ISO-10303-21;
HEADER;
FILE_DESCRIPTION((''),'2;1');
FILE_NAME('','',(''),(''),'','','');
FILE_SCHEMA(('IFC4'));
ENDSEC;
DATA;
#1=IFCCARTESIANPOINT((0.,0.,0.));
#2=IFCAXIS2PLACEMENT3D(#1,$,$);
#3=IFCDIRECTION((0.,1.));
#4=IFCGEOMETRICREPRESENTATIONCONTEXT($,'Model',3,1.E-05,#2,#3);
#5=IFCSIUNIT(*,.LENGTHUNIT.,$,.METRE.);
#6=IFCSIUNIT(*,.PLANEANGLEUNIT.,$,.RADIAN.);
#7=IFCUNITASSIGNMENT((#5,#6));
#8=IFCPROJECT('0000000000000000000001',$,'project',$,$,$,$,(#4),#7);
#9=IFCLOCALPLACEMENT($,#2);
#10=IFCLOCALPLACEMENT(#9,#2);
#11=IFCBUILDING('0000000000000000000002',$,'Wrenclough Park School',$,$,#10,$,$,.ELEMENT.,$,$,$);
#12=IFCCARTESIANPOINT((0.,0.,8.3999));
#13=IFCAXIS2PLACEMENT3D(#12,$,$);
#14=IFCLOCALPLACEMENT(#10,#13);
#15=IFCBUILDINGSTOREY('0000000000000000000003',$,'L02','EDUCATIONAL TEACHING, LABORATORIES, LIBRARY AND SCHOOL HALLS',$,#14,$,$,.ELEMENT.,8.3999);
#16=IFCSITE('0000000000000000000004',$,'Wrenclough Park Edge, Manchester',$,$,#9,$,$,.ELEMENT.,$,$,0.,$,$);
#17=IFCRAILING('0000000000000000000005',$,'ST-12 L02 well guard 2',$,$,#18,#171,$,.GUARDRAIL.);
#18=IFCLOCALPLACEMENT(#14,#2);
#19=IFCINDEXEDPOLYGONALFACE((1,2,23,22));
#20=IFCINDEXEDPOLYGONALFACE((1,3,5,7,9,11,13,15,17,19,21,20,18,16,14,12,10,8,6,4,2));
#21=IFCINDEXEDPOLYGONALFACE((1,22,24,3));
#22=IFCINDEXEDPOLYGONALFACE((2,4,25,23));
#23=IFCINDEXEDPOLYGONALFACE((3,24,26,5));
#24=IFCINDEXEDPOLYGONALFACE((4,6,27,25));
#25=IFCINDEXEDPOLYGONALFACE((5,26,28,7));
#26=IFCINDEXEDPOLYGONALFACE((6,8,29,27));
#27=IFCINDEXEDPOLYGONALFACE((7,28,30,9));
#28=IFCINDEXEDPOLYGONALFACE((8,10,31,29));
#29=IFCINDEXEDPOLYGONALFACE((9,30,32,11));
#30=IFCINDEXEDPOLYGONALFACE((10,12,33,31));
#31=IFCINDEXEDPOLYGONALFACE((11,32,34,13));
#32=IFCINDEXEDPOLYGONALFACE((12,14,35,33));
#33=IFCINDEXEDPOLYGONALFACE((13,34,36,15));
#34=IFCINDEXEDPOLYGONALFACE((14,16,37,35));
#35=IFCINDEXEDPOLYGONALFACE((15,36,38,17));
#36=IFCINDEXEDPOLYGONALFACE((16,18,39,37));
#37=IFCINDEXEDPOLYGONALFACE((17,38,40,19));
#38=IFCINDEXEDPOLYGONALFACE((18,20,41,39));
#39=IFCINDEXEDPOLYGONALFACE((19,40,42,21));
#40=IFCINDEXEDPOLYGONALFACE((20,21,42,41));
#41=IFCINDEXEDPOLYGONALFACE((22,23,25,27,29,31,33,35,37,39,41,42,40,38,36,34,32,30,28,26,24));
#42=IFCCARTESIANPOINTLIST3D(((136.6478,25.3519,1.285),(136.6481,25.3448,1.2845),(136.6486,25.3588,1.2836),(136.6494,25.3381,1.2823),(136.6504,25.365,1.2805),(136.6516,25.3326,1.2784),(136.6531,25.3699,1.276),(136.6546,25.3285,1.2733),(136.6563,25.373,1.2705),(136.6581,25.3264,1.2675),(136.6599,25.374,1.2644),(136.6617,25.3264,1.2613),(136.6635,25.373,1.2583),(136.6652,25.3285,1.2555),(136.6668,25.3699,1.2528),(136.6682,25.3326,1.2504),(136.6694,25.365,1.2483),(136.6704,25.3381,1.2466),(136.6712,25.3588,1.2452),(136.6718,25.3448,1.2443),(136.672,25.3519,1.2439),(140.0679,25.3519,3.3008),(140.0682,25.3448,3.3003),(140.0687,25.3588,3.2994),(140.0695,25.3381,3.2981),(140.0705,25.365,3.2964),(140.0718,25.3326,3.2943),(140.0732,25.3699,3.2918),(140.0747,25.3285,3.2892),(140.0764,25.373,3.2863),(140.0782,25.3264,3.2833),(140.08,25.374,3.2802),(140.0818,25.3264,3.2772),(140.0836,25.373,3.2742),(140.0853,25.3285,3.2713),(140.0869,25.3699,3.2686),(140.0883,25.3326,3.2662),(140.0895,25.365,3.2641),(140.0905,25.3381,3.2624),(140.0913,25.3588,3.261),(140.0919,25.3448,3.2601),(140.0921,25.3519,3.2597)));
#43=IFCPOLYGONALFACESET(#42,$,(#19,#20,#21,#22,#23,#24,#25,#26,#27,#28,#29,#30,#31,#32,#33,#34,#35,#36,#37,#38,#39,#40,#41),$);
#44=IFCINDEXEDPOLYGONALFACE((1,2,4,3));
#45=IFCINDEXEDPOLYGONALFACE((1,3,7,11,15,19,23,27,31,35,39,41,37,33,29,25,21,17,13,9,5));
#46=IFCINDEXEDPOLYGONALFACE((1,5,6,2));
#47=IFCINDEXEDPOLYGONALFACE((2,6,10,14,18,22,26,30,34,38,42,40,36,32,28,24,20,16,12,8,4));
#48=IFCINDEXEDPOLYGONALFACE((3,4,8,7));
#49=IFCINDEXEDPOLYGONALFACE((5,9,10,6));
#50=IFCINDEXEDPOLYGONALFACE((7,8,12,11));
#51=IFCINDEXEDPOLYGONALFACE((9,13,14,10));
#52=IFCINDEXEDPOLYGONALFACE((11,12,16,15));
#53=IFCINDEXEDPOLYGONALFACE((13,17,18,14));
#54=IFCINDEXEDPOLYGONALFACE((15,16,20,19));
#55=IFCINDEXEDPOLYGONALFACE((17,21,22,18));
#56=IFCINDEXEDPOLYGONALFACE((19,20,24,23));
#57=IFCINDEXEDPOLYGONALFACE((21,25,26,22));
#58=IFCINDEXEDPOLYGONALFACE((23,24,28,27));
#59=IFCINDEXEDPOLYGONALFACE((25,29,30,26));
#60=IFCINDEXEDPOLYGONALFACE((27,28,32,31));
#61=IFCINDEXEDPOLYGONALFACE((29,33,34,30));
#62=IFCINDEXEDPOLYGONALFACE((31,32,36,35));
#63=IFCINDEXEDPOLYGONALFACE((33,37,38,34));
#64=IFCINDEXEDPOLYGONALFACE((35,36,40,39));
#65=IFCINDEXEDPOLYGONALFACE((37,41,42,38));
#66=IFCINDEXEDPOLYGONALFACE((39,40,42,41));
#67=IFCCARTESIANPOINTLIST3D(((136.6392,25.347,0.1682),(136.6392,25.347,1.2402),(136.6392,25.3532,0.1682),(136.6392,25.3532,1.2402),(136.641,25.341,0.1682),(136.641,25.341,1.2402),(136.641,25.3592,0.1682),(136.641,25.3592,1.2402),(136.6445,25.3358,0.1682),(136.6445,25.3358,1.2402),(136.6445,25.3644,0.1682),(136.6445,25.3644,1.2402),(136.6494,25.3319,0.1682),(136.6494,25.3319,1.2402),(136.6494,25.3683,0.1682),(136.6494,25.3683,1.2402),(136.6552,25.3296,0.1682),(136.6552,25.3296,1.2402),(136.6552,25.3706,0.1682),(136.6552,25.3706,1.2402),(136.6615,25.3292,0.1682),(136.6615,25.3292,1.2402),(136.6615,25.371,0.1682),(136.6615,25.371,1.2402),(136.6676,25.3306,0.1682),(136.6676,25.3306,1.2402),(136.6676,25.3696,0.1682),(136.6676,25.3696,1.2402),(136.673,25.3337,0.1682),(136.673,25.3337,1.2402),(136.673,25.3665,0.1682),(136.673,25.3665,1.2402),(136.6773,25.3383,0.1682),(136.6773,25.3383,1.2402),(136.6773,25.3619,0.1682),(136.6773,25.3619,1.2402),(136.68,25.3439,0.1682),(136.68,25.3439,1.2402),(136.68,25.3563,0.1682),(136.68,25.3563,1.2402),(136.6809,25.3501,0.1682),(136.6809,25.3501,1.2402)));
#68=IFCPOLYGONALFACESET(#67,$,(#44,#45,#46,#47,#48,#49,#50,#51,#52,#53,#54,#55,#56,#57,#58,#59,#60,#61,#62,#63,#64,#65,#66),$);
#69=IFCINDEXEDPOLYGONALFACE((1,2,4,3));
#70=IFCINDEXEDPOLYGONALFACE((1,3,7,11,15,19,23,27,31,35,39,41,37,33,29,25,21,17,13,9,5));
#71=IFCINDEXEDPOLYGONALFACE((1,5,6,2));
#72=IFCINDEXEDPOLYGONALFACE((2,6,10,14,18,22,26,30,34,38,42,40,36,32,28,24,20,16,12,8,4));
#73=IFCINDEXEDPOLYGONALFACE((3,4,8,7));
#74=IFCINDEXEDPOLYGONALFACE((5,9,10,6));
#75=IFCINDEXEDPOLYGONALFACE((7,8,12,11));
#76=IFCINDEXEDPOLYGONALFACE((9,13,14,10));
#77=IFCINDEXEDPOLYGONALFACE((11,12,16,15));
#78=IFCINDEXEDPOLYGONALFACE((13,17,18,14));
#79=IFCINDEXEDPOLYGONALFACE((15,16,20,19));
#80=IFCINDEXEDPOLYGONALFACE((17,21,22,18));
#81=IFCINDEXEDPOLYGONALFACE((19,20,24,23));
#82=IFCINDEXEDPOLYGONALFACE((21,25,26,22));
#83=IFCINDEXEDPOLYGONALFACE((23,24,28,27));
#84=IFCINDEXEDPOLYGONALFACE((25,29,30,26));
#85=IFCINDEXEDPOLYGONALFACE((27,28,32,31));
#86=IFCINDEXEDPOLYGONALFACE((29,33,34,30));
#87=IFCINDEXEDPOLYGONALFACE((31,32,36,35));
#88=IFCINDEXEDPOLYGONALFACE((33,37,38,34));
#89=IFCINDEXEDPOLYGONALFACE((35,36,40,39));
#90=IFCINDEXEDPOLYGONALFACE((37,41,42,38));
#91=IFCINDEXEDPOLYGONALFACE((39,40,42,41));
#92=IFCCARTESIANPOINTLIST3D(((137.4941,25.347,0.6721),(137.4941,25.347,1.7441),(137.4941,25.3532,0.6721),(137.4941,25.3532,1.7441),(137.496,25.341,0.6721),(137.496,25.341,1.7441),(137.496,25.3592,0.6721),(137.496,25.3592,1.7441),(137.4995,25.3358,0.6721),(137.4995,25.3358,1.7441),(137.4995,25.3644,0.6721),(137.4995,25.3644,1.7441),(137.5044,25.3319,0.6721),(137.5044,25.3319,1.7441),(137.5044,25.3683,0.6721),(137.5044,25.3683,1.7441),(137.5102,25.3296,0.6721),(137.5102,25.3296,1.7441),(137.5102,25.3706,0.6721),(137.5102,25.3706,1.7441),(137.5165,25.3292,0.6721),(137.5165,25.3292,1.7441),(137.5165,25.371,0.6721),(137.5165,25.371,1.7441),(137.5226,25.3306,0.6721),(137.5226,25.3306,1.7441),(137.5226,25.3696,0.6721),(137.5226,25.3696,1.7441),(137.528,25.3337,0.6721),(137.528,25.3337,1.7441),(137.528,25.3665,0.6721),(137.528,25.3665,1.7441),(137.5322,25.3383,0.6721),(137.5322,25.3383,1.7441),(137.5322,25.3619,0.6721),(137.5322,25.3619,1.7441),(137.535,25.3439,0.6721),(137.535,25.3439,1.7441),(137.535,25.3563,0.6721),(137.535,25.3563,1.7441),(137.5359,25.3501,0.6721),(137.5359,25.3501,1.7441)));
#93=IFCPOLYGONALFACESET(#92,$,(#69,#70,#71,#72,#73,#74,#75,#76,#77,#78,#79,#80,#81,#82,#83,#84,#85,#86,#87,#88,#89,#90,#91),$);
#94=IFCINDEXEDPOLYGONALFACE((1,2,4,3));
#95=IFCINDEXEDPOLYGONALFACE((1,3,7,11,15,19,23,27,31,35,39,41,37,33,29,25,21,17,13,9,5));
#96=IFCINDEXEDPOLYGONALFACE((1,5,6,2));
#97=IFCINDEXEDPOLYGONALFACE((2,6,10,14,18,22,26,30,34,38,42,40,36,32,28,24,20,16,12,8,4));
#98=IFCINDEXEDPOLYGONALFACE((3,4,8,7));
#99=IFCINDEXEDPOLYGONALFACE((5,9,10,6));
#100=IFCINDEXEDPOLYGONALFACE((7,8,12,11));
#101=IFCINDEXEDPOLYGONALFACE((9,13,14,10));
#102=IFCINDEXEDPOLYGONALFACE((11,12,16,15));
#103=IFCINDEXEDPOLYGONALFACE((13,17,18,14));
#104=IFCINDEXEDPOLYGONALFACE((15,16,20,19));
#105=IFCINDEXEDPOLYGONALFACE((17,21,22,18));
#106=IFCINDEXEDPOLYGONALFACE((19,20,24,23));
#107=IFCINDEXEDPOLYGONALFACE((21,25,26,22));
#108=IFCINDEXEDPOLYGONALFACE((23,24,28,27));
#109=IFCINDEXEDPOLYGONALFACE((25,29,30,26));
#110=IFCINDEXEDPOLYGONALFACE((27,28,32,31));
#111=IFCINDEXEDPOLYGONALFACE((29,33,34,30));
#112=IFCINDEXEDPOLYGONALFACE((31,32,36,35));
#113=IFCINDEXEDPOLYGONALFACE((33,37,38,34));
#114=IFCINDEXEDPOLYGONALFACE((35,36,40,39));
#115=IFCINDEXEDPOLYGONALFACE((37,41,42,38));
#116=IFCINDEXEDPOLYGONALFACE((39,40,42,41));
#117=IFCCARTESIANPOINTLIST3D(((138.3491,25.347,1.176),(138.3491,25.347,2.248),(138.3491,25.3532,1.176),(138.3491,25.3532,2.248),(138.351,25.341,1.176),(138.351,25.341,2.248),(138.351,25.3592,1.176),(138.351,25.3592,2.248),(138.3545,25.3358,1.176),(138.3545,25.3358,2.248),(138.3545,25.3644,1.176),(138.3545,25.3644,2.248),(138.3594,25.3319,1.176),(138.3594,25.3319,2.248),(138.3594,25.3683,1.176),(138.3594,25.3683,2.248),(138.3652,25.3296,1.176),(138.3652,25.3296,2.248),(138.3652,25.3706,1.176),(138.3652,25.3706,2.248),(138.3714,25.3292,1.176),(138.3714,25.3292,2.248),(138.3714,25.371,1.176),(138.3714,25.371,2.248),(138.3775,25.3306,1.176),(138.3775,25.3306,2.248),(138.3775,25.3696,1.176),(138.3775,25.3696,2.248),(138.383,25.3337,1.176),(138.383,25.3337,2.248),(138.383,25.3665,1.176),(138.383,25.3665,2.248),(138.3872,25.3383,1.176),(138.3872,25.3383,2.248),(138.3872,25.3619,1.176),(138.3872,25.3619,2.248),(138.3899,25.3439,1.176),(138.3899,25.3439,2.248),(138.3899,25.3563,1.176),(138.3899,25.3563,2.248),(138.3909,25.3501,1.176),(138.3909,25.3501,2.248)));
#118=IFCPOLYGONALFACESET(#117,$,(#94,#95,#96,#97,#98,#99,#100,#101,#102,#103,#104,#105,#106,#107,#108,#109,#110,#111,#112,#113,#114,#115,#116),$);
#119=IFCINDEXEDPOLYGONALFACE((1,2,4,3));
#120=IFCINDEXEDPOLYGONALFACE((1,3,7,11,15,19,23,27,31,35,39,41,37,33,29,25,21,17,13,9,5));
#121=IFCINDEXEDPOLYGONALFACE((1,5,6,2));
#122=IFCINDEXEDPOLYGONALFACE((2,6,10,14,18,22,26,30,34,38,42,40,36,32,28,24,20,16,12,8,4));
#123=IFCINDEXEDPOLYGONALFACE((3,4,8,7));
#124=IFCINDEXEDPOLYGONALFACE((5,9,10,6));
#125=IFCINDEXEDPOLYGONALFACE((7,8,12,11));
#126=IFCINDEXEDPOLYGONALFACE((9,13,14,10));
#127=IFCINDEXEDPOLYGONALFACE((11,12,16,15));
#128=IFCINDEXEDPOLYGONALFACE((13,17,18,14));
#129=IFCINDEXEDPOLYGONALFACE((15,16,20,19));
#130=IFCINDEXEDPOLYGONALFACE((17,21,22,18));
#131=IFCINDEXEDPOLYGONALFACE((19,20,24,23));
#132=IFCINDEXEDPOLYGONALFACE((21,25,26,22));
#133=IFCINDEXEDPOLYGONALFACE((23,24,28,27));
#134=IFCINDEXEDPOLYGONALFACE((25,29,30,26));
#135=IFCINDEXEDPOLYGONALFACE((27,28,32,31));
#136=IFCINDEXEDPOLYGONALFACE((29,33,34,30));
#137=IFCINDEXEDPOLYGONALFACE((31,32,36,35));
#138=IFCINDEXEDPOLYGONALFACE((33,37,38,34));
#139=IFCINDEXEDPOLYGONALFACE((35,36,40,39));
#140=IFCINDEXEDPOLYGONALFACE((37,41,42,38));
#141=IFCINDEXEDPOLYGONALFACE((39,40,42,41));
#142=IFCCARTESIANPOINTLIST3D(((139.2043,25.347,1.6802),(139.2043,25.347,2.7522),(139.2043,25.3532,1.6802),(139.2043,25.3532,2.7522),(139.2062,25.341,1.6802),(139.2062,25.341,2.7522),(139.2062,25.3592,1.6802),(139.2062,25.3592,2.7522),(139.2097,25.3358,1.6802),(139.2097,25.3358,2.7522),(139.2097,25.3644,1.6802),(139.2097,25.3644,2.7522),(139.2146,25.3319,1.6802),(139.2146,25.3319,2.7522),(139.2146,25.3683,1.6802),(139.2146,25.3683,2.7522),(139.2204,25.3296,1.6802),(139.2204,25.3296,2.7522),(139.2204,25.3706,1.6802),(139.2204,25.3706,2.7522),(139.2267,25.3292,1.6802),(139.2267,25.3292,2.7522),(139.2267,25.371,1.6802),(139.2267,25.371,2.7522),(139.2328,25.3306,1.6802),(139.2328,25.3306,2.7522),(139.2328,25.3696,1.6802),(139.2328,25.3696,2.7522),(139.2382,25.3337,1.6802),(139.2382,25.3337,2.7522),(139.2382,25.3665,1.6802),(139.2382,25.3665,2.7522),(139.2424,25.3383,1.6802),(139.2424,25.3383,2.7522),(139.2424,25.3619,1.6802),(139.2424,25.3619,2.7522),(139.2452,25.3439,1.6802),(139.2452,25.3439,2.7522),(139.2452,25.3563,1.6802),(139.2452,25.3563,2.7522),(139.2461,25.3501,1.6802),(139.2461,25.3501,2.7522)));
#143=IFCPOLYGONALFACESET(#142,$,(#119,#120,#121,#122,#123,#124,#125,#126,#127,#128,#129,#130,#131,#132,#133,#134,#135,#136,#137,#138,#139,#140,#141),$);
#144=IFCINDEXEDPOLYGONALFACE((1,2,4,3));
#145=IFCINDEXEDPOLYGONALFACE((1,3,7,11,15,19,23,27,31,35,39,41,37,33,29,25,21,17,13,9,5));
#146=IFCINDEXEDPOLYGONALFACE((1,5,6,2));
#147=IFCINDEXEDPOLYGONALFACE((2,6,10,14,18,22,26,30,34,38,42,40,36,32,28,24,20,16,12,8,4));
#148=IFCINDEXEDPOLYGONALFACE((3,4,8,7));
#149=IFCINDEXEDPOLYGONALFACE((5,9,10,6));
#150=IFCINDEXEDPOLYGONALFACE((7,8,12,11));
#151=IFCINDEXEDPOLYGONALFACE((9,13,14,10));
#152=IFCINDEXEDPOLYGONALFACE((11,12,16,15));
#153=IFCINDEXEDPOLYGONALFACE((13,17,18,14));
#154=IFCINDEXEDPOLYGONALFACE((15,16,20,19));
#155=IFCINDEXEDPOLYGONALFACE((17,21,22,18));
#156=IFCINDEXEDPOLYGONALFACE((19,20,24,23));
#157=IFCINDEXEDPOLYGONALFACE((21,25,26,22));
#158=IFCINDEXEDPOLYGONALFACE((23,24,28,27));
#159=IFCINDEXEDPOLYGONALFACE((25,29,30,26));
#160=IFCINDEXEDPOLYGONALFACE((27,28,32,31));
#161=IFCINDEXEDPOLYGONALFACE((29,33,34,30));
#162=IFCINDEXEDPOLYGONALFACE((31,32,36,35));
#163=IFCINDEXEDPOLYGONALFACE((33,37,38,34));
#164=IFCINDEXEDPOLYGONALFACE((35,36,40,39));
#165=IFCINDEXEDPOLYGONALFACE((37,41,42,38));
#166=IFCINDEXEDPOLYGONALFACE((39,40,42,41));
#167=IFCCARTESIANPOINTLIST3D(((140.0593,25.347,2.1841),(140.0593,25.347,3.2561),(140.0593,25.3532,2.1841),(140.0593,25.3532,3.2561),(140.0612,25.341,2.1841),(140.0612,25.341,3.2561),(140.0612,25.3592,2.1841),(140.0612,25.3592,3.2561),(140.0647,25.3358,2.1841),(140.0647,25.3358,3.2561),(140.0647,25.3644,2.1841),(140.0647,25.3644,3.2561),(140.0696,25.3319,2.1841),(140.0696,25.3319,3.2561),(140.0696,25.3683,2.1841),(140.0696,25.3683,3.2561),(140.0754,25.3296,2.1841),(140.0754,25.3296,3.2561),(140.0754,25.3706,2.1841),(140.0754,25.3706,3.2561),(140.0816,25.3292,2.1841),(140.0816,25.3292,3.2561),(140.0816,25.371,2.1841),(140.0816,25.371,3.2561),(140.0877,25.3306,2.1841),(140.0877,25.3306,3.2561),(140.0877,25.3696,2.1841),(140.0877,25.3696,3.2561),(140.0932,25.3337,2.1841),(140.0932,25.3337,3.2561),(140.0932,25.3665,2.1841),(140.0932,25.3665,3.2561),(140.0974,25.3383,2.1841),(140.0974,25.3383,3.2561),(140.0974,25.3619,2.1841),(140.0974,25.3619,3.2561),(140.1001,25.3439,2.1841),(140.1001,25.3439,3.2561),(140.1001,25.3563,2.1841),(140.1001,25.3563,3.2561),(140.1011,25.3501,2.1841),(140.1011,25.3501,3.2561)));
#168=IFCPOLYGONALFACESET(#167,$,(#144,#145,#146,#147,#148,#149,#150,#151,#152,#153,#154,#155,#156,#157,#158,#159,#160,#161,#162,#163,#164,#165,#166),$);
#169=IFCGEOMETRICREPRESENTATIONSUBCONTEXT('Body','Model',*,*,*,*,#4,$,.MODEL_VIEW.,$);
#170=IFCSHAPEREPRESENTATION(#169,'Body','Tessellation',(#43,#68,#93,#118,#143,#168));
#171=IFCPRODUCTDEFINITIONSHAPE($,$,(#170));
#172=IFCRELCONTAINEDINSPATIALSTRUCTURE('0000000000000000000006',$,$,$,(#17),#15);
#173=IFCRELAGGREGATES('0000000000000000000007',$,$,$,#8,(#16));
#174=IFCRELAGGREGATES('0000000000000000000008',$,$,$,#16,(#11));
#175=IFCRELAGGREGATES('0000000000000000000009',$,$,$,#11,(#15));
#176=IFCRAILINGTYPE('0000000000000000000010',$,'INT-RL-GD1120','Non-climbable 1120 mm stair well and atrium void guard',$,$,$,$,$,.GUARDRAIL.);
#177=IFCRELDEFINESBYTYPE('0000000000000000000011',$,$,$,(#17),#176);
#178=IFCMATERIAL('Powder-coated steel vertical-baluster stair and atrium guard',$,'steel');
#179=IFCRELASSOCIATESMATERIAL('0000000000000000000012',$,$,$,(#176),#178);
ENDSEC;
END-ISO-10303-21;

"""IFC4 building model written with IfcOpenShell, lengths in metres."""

from ifc_helpers import new_model, si_unit, direction, frame, origin, origin_2d, place, context, subcontext, project, spatial, circle, extrude, material, type_object, element, save


model = new_model("IFC4")

# Units and contexts
model_context = context("Model", 3, precision=1e-05, world=origin(), true_north=direction((0.0, 1.0)))
body_context = subcontext(model_context, "Body", "Model", "MODEL_VIEW")
ifc_project = project(units=[si_unit("LENGTHUNIT", "METRE"), si_unit("PLANEANGLEUNIT", "RADIAN")], contexts=[model_context])

# Site, building, storey
site_placement = place(None, origin())
site = spatial("IfcSite", under=ifc_project, at=site_placement, Name="Wrenclough Park Edge, Manchester", CompositionType="ELEMENT", RefElevation=0.0)
building_placement = place(site_placement, origin())
building = spatial("IfcBuilding", under=site, at=building_placement, Name="Wrenclough Park School", CompositionType="ELEMENT")
storey_placement = place(building_placement, frame((0.0, 0.0, 8.3999)))
storey = spatial("IfcBuildingStorey", under=building, at=storey_placement, Name="L02", Description="EDUCATIONAL TEACHING, LABORATORIES, LIBRARY AND SCHOOL HALLS", CompositionType="ELEMENT", Elevation=8.3999)

# Railing
ifc_material_1 = material(Name="Powder-coated steel vertical-baluster stair and atrium guard", Category="steel")
railing_type_1 = type_object("IfcRailingType", Name="INT-RL-GD1120", Description="Non-climbable 1120 mm stair well and atrium void guard", PredefinedType="GUARDRAIL", material=ifc_material_1)
railing_1_placement = place(storey_placement, frame((136.6599, 25.3501, 0.1682)))
element("IfcRailing", 1, at=railing_1_placement, inside=storey, type_object=railing_type_1, Name="ST-12 L02 well guard 2", PredefinedType="GUARDRAIL", context=body_context, shape_type="SweptSolid", body=[
    extrude(circle(Radius=0.0239, at=origin_2d()), frame((0.0, 0.0, 1.0962), z_axis=(0.861493, 0.0, 0.50777), x_axis=(0.0, 1.0, 0.0)), (0.0, 0.0, 1.0), 3.97),
    extrude(circle(Radius=0.021, at=origin_2d()), origin(), (0.0, 0.0, 1.0), 1.072),
    extrude(circle(Radius=0.021, at=origin_2d()), frame((0.855, 0.0, 0.5039)), (0.0, 0.0, 1.0), 1.072),
    extrude(circle(Radius=0.021, at=origin_2d()), frame((1.71, 0.0, 1.0078)), (0.0, 0.0, 1.0), 1.072),
    extrude(circle(Radius=0.021, at=origin_2d()), frame((2.5652, 0.0, 1.512)), (0.0, 0.0, 1.0), 1.072),
    extrude(circle(Radius=0.021, at=origin_2d()), frame((3.4202, 0.0, 2.0159)), (0.0, 0.0, 1.0), 1.072),
])

save(model, "model.ifc")
